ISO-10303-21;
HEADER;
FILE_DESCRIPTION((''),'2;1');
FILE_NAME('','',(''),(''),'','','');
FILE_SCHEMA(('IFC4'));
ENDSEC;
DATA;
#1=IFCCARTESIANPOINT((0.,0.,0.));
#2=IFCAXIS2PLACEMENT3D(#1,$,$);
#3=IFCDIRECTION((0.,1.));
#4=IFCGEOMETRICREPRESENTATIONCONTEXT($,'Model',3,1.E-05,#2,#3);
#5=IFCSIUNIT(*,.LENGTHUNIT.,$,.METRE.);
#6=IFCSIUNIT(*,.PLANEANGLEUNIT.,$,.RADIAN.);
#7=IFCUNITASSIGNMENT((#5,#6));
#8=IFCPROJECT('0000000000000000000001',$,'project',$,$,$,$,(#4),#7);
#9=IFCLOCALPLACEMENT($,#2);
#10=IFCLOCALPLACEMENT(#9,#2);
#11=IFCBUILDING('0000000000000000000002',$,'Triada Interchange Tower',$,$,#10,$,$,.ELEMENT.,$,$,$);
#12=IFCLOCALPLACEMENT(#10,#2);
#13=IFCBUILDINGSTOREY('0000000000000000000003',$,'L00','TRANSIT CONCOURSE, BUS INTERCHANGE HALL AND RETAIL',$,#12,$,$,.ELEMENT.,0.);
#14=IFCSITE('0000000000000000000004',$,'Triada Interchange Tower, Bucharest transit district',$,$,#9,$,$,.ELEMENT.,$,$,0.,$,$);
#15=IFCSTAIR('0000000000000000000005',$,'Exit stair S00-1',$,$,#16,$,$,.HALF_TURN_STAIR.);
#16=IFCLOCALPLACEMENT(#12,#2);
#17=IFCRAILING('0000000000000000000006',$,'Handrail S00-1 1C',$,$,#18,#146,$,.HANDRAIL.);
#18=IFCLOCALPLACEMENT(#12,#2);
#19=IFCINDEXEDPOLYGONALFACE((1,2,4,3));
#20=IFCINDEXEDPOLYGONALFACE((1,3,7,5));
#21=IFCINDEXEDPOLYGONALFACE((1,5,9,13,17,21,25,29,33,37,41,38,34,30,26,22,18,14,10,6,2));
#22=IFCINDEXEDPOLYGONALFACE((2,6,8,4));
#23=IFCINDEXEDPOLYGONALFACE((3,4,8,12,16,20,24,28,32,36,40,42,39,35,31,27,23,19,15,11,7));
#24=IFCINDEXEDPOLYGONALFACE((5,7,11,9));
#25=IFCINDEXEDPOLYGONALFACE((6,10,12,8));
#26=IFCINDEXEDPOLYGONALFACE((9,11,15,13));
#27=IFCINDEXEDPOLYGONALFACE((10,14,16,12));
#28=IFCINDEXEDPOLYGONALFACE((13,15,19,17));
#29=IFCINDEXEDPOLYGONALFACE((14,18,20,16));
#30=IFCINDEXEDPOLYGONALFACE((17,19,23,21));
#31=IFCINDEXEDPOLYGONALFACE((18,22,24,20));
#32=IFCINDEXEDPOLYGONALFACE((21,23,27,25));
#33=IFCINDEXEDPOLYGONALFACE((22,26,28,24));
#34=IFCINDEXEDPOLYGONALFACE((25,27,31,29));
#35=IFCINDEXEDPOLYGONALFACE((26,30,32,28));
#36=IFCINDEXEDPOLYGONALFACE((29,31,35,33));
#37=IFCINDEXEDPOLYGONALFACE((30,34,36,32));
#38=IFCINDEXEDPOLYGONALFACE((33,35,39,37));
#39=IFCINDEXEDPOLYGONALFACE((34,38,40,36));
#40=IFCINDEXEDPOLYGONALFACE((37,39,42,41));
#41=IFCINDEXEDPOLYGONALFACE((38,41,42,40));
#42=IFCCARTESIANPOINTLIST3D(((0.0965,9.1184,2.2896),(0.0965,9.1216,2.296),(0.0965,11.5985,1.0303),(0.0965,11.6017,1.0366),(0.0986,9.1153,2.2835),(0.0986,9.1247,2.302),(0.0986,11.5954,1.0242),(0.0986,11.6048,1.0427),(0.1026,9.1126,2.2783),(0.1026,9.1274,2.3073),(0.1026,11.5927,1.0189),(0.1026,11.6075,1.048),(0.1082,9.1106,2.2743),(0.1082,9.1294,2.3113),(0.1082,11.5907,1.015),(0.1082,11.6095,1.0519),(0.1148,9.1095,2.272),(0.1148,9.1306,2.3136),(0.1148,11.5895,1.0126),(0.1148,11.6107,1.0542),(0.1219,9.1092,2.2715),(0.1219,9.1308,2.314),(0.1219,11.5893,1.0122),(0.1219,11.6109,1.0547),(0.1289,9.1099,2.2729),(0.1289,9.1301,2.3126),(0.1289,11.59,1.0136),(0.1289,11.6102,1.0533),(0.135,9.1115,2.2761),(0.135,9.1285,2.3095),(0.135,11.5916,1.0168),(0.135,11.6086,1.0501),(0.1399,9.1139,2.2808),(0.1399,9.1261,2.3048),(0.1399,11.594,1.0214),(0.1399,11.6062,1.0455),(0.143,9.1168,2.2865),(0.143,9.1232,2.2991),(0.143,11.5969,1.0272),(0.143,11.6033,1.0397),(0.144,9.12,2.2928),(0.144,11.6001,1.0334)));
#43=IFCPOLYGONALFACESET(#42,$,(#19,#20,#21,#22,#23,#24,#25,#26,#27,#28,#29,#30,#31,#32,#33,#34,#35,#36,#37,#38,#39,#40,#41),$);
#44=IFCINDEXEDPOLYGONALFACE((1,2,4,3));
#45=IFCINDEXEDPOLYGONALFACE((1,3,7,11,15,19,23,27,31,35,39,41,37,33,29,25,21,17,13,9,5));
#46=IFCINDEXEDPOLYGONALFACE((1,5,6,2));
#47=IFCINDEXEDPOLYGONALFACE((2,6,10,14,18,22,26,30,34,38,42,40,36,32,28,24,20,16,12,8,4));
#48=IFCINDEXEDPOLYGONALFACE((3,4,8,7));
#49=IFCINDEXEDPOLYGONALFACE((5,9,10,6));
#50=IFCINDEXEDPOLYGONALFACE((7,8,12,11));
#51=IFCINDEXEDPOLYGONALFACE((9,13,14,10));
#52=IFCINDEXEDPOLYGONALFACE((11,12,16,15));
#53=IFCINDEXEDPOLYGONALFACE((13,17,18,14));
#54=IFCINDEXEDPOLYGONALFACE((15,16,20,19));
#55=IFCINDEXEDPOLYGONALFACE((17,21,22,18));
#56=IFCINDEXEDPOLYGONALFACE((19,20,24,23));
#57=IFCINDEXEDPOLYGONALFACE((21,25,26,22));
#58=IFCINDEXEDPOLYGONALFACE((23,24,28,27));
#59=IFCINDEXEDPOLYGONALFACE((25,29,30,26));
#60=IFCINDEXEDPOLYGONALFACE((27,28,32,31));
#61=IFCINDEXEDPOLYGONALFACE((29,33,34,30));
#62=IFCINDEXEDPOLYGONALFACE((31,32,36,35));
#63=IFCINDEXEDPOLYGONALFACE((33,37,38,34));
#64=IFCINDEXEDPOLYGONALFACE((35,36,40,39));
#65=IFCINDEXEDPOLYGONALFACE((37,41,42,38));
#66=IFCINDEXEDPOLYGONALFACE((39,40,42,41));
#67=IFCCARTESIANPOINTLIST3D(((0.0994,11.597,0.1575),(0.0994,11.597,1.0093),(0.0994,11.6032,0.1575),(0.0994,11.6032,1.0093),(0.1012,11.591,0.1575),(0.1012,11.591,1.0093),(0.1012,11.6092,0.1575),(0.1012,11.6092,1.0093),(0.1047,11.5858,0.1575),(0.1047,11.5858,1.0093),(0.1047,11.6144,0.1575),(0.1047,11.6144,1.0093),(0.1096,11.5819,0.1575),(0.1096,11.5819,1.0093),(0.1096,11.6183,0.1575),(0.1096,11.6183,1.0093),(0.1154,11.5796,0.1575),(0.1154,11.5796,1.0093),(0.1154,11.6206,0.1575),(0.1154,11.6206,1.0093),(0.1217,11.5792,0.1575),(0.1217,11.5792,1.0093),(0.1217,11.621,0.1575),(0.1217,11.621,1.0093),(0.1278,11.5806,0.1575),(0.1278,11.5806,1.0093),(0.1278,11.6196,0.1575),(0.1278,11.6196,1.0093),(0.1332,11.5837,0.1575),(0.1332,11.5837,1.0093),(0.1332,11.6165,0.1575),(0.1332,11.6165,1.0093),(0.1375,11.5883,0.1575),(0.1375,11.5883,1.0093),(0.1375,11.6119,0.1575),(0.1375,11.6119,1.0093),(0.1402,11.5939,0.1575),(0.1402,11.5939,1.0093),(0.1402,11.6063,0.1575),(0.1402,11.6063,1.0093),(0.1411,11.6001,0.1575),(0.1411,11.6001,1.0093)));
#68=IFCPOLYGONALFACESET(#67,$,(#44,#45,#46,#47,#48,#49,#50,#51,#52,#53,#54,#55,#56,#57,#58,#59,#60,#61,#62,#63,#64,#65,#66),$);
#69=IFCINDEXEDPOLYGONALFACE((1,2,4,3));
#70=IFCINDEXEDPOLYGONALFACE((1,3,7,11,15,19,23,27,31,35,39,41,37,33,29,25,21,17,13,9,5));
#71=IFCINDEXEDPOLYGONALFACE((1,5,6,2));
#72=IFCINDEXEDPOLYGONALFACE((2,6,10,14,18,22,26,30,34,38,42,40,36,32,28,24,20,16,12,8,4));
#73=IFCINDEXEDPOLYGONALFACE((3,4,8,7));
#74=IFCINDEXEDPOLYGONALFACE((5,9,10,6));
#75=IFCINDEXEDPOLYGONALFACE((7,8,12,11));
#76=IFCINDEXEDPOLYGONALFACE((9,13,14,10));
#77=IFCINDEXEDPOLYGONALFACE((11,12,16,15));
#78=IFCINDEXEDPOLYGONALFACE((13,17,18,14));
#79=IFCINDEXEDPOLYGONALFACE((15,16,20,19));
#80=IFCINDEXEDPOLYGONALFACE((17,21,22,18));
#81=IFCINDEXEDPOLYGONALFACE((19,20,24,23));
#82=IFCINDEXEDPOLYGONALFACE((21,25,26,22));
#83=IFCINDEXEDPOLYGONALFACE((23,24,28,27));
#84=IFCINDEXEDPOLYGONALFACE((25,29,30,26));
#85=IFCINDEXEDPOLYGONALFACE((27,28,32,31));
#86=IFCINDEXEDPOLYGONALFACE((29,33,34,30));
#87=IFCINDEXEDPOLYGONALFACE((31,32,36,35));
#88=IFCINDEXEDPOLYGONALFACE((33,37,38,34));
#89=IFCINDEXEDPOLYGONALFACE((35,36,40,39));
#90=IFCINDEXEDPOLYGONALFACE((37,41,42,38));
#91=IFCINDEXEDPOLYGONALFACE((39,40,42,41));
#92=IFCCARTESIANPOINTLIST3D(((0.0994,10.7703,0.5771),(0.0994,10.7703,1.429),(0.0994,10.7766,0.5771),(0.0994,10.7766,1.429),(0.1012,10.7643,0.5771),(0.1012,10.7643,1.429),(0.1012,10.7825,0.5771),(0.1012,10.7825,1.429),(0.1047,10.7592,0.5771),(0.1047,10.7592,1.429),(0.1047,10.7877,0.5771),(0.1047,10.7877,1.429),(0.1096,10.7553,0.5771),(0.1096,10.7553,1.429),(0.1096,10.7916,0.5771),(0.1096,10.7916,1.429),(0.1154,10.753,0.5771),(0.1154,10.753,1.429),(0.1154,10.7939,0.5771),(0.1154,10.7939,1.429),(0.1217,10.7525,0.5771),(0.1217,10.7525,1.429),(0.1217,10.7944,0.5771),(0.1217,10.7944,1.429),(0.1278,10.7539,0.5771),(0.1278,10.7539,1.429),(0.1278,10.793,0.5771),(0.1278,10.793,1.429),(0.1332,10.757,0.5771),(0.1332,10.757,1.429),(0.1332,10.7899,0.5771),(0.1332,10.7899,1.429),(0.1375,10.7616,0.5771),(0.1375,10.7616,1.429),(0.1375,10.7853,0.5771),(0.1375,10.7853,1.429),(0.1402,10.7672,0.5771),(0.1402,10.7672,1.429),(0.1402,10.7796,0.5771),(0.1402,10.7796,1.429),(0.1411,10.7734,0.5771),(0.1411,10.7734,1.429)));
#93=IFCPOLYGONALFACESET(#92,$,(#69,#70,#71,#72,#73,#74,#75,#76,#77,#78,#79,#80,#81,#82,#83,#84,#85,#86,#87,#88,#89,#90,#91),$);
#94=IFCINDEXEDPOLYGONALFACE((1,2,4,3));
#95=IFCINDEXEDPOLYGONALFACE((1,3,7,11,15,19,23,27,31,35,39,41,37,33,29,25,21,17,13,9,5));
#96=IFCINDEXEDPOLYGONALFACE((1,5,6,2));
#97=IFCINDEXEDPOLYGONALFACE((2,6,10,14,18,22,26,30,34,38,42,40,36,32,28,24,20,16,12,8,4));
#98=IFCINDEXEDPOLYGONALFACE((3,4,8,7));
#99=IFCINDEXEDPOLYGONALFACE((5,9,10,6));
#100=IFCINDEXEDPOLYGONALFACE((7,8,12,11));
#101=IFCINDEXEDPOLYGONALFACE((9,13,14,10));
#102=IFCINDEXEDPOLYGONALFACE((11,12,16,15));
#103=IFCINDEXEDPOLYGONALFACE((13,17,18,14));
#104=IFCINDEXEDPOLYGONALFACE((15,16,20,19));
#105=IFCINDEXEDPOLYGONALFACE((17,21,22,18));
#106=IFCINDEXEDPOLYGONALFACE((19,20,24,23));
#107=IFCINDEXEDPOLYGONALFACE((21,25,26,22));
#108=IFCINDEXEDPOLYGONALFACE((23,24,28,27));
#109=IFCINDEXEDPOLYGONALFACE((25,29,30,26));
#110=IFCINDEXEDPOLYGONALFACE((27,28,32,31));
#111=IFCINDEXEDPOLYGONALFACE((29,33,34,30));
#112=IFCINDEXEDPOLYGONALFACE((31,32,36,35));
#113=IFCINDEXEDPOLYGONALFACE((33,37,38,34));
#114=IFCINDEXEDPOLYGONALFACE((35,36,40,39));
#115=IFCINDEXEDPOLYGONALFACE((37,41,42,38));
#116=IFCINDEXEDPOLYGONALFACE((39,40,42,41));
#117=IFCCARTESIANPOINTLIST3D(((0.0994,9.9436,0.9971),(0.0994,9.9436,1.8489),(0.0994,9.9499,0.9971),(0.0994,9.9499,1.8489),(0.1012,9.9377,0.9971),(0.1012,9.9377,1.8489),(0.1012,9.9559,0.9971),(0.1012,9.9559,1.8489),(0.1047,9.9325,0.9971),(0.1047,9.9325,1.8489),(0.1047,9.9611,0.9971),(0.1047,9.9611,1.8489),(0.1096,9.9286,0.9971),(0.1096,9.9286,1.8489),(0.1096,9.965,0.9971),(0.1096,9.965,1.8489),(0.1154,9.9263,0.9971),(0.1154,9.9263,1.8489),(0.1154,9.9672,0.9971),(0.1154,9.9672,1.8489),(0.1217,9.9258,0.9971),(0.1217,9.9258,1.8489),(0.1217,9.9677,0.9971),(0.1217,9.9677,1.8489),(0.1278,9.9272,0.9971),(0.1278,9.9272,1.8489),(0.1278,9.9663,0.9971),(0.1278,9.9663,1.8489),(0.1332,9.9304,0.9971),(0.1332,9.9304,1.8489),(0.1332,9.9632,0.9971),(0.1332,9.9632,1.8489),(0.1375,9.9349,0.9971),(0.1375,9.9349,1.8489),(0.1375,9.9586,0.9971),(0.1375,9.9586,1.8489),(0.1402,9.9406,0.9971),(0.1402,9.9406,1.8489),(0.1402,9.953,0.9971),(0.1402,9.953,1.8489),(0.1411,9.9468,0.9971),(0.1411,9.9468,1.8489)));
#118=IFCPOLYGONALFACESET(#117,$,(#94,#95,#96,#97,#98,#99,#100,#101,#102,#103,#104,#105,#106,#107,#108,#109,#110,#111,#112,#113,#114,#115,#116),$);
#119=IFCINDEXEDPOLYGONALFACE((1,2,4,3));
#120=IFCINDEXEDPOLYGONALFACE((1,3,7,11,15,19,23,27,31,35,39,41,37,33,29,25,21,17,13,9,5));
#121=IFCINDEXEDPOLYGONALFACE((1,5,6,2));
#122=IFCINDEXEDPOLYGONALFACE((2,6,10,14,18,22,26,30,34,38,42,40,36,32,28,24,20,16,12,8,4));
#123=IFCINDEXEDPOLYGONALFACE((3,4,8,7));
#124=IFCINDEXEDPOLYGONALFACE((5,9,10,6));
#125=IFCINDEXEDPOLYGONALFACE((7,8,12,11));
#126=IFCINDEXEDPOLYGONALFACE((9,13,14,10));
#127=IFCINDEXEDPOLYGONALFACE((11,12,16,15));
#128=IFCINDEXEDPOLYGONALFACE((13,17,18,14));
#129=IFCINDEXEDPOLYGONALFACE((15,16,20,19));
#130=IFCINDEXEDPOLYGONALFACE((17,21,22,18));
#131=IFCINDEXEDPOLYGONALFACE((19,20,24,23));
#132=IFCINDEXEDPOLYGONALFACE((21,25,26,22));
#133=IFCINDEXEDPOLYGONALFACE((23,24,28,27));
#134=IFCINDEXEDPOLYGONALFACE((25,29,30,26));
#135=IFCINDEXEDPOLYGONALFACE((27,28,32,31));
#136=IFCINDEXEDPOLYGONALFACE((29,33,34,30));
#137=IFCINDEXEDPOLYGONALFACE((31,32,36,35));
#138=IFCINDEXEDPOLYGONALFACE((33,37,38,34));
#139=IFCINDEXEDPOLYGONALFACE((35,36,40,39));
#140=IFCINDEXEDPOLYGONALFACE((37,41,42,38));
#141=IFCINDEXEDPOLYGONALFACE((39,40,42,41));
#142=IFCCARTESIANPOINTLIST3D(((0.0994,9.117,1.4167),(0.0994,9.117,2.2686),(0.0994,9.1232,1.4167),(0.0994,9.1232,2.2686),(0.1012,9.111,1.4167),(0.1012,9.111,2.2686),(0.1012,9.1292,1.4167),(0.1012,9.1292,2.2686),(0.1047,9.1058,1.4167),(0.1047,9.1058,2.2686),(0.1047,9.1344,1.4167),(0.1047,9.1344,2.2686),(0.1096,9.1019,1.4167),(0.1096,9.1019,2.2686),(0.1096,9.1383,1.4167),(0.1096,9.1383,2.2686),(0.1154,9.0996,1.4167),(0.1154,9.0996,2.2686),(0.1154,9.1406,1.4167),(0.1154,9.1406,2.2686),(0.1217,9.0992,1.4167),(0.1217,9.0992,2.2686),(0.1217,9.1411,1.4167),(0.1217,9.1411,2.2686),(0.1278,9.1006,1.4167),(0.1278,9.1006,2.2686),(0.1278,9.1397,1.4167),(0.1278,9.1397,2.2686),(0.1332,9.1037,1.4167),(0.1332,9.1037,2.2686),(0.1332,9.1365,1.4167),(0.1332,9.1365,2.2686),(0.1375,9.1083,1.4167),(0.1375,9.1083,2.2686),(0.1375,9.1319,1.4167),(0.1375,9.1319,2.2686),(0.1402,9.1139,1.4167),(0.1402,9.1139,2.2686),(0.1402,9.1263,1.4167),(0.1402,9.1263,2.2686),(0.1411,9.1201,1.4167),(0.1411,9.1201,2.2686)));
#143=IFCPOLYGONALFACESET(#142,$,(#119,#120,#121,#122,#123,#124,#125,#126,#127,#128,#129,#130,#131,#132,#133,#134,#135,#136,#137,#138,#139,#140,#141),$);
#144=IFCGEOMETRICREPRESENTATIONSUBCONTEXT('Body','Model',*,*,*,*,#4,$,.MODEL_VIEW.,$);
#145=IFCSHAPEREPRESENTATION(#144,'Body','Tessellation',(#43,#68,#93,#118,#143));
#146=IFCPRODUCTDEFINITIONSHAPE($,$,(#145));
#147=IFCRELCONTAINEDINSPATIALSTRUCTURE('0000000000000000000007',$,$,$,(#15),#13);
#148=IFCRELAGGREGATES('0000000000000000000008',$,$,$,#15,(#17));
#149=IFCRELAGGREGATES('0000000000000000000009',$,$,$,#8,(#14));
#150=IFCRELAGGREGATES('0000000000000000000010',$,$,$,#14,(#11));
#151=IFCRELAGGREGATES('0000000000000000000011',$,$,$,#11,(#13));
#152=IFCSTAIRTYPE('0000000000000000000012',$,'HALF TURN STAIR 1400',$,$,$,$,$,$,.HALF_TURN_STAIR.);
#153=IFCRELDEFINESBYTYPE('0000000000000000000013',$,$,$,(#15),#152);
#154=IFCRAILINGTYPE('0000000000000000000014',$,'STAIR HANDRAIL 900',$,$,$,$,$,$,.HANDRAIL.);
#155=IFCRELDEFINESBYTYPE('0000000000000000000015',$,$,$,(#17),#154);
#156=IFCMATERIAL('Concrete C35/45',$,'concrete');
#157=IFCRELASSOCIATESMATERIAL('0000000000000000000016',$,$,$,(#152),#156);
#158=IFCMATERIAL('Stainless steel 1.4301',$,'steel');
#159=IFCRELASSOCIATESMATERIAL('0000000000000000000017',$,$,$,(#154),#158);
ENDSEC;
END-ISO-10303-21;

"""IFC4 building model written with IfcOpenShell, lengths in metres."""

from ifc_helpers import new_model, si_unit, direction, frame, origin, origin_2d, place, context, subcontext, project, spatial, circle, extrude, material, type_object, element, aggregate, save


model = new_model("IFC4")

# Units and contexts
model_context = context("Model", 3, precision=1e-05, world=origin(), true_north=direction((0.0, 1.0)))
body_context = subcontext(model_context, "Body", "Model", "MODEL_VIEW")
ifc_project = project(units=[si_unit("LENGTHUNIT", "METRE"), si_unit("PLANEANGLEUNIT", "RADIAN")], contexts=[model_context])

# Site, building, storey
site_placement = place(None, origin())
site = spatial("IfcSite", under=ifc_project, at=site_placement, Name="Triada Interchange Tower, Bucharest transit district", CompositionType="ELEMENT", RefElevation=0.0)
building_placement = place(site_placement, origin())
building = spatial("IfcBuilding", under=site, at=building_placement, Name="Triada Interchange Tower", CompositionType="ELEMENT")
storey_placement = place(building_placement, origin())
storey = spatial("IfcBuildingStorey", under=building, at=storey_placement, Name="L00", Description="TRANSIT CONCOURSE, BUS INTERCHANGE HALL AND RETAIL", CompositionType="ELEMENT", Elevation=0.0)

# Shared definitions
ifc_material_1 = material(Name="Concrete C35/45", Category="concrete")
stair_type = type_object("IfcStairType", Name="HALF TURN STAIR 1400", PredefinedType="HALF_TURN_STAIR", material=ifc_material_1)

# Stair, railing
stair_1_placement = place(storey_placement, origin())
stair_1 = element("IfcStair", 1, at=stair_1_placement, inside=storey, type_object=stair_type, Name="Exit stair S00-1", PredefinedType="HALF_TURN_STAIR")
ifc_material_2 = material(Name="Stainless steel 1.4301", Category="steel")
railing_type = type_object("IfcRailingType", Name="STAIR HANDRAIL 900", PredefinedType="HANDRAIL", material=ifc_material_2)
railing_1_placement = place(storey_placement, frame((0.1201, 11.6001, 0.1575)))
railing_1 = element("IfcRailing", 2, at=railing_1_placement, type_object=railing_type, Name="Handrail S00-1 1C", PredefinedType="HANDRAIL", context=body_context, shape_type="SweptSolid", body=[
    extrude(circle(Radius=0.0239, at=origin_2d()), frame((0.0, 0.0, 0.876), z_axis=(0.0, -0.891636, 0.452752), x_axis=(1.0, 0.0, 0.0)), (0.0, 0.0, 1.0), 2.7815),
    extrude(circle(Radius=0.021, at=origin_2d()), origin(), (0.0, 0.0, 1.0), 0.8518),
    extrude(circle(Radius=0.021, at=origin_2d()), frame((0.0, -0.8267, 0.4197)), (0.0, 0.0, 1.0), 0.8518),
    extrude(circle(Radius=0.021, at=origin_2d()), frame((0.0, -1.6533, 0.8396)), (0.0, 0.0, 1.0), 0.8518),
    extrude(circle(Radius=0.021, at=origin_2d()), frame((0.0, -2.48, 1.2593)), (0.0, 0.0, 1.0), 0.8518),
])
aggregate(stair_1, [railing_1])

save(model, "model.ifc")
